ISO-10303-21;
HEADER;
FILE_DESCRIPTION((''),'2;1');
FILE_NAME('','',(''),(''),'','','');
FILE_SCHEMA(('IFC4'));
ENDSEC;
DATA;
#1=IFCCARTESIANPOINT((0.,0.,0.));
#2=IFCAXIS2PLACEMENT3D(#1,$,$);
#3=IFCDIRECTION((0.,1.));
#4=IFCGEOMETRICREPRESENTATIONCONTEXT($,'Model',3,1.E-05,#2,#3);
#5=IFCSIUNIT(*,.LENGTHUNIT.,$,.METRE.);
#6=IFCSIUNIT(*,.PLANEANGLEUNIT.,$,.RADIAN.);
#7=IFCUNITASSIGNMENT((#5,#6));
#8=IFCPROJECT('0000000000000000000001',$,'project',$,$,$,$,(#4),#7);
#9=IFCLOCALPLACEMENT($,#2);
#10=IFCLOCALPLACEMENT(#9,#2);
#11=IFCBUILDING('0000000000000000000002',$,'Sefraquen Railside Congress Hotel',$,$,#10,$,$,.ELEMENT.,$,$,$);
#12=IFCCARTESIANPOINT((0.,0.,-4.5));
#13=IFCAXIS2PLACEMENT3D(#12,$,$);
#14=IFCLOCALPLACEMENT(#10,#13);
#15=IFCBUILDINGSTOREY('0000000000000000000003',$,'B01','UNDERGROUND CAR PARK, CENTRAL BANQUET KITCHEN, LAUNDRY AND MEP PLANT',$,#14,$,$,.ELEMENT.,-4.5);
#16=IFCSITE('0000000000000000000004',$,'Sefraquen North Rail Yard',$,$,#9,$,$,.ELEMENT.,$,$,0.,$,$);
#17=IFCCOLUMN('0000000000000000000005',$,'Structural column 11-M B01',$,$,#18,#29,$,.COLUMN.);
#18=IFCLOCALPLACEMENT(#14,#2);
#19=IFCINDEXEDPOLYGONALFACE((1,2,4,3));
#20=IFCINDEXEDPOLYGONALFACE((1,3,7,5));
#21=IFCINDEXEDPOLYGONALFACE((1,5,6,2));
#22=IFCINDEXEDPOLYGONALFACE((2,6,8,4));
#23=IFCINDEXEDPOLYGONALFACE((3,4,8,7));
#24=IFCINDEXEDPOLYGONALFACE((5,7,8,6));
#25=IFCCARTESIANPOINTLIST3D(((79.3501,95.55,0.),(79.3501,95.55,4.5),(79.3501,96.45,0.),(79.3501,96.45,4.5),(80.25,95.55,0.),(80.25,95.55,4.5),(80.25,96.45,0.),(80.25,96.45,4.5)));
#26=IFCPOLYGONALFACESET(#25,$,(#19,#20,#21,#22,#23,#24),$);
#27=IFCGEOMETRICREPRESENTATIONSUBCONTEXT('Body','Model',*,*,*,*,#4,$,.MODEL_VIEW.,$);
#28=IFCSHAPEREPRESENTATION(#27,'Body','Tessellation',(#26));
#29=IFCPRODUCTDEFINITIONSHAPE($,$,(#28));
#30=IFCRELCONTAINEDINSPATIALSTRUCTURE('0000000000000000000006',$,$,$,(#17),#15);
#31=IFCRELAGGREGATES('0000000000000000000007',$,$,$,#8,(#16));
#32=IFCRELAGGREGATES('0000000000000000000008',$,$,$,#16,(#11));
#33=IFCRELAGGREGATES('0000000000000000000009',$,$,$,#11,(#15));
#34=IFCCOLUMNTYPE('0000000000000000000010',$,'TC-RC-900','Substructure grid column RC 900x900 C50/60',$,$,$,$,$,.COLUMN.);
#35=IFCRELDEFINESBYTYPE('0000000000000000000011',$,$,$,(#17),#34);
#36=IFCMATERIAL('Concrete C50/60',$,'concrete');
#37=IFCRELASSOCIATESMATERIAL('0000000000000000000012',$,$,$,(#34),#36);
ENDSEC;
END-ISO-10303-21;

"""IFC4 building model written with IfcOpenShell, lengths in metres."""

from ifc_helpers import new_model, si_unit, direction, frame, origin, origin_2d, place, context, subcontext, project, spatial, rectangle, extrude, material, material_profile, profile_set, type_object, element, save


model = new_model("IFC4")

# Units and contexts
model_context = context("Model", 3, precision=1e-05, world=origin(), true_north=direction((0.0, 1.0)))
body_context = subcontext(model_context, "Body", "Model", "MODEL_VIEW")
ifc_project = project(units=[si_unit("LENGTHUNIT", "METRE"), si_unit("PLANEANGLEUNIT", "RADIAN")], contexts=[model_context])

# Site, building, storey
site_placement = place(None, origin())
site = spatial("IfcSite", under=ifc_project, at=site_placement, Name="Sefraquen North Rail Yard", CompositionType="ELEMENT", RefElevation=0.0)
building_placement = place(site_placement, origin())
building = spatial("IfcBuilding", under=site, at=building_placement, Name="Sefraquen Railside Congress Hotel", CompositionType="ELEMENT")
storey_placement = place(building_placement, frame((0.0, 0.0, -4.5)))
storey = spatial("IfcBuildingStorey", under=building, at=storey_placement, Name="B01", Description="UNDERGROUND CAR PARK, CENTRAL BANQUET KITCHEN, LAUNDRY AND MEP PLANT", CompositionType="ELEMENT", Elevation=-4.5)

# Column
ifc_material_1 = material(Name="Concrete C50/60", Category="concrete")
ifc_material_profile_1 = material_profile(ifc_material_1, rectangle(XDim=0.8999, YDim=0.8999, at=origin_2d()), Name="RC 900x900")
ifc_profile_set_1 = profile_set([ifc_material_profile_1], Name="Concrete C50/60")
column_type_1 = type_object("IfcColumnType", Name="TC-RC-900", Description="Substructure grid column RC 900x900 C50/60", PredefinedType="COLUMN", material=ifc_profile_set_1)
column_placement = place(storey_placement, frame((79.8, 96.0, 0.0), z_axis=(0.0, 0.0, 1.0), x_axis=(1.0, 0.0, 0.0)))
element("IfcColumn", 1, at=column_placement, inside=storey, type_object=column_type_1, Name="Structural column 11-M B01", PredefinedType="COLUMN", context=body_context, shape_type="SweptSolid", body=[
    extrude(rectangle(XDim=0.8999, YDim=0.8999, at=origin_2d()), origin(), (0.0, 0.0, 1.0), 4.5),
])

save(model, "model.ifc")
